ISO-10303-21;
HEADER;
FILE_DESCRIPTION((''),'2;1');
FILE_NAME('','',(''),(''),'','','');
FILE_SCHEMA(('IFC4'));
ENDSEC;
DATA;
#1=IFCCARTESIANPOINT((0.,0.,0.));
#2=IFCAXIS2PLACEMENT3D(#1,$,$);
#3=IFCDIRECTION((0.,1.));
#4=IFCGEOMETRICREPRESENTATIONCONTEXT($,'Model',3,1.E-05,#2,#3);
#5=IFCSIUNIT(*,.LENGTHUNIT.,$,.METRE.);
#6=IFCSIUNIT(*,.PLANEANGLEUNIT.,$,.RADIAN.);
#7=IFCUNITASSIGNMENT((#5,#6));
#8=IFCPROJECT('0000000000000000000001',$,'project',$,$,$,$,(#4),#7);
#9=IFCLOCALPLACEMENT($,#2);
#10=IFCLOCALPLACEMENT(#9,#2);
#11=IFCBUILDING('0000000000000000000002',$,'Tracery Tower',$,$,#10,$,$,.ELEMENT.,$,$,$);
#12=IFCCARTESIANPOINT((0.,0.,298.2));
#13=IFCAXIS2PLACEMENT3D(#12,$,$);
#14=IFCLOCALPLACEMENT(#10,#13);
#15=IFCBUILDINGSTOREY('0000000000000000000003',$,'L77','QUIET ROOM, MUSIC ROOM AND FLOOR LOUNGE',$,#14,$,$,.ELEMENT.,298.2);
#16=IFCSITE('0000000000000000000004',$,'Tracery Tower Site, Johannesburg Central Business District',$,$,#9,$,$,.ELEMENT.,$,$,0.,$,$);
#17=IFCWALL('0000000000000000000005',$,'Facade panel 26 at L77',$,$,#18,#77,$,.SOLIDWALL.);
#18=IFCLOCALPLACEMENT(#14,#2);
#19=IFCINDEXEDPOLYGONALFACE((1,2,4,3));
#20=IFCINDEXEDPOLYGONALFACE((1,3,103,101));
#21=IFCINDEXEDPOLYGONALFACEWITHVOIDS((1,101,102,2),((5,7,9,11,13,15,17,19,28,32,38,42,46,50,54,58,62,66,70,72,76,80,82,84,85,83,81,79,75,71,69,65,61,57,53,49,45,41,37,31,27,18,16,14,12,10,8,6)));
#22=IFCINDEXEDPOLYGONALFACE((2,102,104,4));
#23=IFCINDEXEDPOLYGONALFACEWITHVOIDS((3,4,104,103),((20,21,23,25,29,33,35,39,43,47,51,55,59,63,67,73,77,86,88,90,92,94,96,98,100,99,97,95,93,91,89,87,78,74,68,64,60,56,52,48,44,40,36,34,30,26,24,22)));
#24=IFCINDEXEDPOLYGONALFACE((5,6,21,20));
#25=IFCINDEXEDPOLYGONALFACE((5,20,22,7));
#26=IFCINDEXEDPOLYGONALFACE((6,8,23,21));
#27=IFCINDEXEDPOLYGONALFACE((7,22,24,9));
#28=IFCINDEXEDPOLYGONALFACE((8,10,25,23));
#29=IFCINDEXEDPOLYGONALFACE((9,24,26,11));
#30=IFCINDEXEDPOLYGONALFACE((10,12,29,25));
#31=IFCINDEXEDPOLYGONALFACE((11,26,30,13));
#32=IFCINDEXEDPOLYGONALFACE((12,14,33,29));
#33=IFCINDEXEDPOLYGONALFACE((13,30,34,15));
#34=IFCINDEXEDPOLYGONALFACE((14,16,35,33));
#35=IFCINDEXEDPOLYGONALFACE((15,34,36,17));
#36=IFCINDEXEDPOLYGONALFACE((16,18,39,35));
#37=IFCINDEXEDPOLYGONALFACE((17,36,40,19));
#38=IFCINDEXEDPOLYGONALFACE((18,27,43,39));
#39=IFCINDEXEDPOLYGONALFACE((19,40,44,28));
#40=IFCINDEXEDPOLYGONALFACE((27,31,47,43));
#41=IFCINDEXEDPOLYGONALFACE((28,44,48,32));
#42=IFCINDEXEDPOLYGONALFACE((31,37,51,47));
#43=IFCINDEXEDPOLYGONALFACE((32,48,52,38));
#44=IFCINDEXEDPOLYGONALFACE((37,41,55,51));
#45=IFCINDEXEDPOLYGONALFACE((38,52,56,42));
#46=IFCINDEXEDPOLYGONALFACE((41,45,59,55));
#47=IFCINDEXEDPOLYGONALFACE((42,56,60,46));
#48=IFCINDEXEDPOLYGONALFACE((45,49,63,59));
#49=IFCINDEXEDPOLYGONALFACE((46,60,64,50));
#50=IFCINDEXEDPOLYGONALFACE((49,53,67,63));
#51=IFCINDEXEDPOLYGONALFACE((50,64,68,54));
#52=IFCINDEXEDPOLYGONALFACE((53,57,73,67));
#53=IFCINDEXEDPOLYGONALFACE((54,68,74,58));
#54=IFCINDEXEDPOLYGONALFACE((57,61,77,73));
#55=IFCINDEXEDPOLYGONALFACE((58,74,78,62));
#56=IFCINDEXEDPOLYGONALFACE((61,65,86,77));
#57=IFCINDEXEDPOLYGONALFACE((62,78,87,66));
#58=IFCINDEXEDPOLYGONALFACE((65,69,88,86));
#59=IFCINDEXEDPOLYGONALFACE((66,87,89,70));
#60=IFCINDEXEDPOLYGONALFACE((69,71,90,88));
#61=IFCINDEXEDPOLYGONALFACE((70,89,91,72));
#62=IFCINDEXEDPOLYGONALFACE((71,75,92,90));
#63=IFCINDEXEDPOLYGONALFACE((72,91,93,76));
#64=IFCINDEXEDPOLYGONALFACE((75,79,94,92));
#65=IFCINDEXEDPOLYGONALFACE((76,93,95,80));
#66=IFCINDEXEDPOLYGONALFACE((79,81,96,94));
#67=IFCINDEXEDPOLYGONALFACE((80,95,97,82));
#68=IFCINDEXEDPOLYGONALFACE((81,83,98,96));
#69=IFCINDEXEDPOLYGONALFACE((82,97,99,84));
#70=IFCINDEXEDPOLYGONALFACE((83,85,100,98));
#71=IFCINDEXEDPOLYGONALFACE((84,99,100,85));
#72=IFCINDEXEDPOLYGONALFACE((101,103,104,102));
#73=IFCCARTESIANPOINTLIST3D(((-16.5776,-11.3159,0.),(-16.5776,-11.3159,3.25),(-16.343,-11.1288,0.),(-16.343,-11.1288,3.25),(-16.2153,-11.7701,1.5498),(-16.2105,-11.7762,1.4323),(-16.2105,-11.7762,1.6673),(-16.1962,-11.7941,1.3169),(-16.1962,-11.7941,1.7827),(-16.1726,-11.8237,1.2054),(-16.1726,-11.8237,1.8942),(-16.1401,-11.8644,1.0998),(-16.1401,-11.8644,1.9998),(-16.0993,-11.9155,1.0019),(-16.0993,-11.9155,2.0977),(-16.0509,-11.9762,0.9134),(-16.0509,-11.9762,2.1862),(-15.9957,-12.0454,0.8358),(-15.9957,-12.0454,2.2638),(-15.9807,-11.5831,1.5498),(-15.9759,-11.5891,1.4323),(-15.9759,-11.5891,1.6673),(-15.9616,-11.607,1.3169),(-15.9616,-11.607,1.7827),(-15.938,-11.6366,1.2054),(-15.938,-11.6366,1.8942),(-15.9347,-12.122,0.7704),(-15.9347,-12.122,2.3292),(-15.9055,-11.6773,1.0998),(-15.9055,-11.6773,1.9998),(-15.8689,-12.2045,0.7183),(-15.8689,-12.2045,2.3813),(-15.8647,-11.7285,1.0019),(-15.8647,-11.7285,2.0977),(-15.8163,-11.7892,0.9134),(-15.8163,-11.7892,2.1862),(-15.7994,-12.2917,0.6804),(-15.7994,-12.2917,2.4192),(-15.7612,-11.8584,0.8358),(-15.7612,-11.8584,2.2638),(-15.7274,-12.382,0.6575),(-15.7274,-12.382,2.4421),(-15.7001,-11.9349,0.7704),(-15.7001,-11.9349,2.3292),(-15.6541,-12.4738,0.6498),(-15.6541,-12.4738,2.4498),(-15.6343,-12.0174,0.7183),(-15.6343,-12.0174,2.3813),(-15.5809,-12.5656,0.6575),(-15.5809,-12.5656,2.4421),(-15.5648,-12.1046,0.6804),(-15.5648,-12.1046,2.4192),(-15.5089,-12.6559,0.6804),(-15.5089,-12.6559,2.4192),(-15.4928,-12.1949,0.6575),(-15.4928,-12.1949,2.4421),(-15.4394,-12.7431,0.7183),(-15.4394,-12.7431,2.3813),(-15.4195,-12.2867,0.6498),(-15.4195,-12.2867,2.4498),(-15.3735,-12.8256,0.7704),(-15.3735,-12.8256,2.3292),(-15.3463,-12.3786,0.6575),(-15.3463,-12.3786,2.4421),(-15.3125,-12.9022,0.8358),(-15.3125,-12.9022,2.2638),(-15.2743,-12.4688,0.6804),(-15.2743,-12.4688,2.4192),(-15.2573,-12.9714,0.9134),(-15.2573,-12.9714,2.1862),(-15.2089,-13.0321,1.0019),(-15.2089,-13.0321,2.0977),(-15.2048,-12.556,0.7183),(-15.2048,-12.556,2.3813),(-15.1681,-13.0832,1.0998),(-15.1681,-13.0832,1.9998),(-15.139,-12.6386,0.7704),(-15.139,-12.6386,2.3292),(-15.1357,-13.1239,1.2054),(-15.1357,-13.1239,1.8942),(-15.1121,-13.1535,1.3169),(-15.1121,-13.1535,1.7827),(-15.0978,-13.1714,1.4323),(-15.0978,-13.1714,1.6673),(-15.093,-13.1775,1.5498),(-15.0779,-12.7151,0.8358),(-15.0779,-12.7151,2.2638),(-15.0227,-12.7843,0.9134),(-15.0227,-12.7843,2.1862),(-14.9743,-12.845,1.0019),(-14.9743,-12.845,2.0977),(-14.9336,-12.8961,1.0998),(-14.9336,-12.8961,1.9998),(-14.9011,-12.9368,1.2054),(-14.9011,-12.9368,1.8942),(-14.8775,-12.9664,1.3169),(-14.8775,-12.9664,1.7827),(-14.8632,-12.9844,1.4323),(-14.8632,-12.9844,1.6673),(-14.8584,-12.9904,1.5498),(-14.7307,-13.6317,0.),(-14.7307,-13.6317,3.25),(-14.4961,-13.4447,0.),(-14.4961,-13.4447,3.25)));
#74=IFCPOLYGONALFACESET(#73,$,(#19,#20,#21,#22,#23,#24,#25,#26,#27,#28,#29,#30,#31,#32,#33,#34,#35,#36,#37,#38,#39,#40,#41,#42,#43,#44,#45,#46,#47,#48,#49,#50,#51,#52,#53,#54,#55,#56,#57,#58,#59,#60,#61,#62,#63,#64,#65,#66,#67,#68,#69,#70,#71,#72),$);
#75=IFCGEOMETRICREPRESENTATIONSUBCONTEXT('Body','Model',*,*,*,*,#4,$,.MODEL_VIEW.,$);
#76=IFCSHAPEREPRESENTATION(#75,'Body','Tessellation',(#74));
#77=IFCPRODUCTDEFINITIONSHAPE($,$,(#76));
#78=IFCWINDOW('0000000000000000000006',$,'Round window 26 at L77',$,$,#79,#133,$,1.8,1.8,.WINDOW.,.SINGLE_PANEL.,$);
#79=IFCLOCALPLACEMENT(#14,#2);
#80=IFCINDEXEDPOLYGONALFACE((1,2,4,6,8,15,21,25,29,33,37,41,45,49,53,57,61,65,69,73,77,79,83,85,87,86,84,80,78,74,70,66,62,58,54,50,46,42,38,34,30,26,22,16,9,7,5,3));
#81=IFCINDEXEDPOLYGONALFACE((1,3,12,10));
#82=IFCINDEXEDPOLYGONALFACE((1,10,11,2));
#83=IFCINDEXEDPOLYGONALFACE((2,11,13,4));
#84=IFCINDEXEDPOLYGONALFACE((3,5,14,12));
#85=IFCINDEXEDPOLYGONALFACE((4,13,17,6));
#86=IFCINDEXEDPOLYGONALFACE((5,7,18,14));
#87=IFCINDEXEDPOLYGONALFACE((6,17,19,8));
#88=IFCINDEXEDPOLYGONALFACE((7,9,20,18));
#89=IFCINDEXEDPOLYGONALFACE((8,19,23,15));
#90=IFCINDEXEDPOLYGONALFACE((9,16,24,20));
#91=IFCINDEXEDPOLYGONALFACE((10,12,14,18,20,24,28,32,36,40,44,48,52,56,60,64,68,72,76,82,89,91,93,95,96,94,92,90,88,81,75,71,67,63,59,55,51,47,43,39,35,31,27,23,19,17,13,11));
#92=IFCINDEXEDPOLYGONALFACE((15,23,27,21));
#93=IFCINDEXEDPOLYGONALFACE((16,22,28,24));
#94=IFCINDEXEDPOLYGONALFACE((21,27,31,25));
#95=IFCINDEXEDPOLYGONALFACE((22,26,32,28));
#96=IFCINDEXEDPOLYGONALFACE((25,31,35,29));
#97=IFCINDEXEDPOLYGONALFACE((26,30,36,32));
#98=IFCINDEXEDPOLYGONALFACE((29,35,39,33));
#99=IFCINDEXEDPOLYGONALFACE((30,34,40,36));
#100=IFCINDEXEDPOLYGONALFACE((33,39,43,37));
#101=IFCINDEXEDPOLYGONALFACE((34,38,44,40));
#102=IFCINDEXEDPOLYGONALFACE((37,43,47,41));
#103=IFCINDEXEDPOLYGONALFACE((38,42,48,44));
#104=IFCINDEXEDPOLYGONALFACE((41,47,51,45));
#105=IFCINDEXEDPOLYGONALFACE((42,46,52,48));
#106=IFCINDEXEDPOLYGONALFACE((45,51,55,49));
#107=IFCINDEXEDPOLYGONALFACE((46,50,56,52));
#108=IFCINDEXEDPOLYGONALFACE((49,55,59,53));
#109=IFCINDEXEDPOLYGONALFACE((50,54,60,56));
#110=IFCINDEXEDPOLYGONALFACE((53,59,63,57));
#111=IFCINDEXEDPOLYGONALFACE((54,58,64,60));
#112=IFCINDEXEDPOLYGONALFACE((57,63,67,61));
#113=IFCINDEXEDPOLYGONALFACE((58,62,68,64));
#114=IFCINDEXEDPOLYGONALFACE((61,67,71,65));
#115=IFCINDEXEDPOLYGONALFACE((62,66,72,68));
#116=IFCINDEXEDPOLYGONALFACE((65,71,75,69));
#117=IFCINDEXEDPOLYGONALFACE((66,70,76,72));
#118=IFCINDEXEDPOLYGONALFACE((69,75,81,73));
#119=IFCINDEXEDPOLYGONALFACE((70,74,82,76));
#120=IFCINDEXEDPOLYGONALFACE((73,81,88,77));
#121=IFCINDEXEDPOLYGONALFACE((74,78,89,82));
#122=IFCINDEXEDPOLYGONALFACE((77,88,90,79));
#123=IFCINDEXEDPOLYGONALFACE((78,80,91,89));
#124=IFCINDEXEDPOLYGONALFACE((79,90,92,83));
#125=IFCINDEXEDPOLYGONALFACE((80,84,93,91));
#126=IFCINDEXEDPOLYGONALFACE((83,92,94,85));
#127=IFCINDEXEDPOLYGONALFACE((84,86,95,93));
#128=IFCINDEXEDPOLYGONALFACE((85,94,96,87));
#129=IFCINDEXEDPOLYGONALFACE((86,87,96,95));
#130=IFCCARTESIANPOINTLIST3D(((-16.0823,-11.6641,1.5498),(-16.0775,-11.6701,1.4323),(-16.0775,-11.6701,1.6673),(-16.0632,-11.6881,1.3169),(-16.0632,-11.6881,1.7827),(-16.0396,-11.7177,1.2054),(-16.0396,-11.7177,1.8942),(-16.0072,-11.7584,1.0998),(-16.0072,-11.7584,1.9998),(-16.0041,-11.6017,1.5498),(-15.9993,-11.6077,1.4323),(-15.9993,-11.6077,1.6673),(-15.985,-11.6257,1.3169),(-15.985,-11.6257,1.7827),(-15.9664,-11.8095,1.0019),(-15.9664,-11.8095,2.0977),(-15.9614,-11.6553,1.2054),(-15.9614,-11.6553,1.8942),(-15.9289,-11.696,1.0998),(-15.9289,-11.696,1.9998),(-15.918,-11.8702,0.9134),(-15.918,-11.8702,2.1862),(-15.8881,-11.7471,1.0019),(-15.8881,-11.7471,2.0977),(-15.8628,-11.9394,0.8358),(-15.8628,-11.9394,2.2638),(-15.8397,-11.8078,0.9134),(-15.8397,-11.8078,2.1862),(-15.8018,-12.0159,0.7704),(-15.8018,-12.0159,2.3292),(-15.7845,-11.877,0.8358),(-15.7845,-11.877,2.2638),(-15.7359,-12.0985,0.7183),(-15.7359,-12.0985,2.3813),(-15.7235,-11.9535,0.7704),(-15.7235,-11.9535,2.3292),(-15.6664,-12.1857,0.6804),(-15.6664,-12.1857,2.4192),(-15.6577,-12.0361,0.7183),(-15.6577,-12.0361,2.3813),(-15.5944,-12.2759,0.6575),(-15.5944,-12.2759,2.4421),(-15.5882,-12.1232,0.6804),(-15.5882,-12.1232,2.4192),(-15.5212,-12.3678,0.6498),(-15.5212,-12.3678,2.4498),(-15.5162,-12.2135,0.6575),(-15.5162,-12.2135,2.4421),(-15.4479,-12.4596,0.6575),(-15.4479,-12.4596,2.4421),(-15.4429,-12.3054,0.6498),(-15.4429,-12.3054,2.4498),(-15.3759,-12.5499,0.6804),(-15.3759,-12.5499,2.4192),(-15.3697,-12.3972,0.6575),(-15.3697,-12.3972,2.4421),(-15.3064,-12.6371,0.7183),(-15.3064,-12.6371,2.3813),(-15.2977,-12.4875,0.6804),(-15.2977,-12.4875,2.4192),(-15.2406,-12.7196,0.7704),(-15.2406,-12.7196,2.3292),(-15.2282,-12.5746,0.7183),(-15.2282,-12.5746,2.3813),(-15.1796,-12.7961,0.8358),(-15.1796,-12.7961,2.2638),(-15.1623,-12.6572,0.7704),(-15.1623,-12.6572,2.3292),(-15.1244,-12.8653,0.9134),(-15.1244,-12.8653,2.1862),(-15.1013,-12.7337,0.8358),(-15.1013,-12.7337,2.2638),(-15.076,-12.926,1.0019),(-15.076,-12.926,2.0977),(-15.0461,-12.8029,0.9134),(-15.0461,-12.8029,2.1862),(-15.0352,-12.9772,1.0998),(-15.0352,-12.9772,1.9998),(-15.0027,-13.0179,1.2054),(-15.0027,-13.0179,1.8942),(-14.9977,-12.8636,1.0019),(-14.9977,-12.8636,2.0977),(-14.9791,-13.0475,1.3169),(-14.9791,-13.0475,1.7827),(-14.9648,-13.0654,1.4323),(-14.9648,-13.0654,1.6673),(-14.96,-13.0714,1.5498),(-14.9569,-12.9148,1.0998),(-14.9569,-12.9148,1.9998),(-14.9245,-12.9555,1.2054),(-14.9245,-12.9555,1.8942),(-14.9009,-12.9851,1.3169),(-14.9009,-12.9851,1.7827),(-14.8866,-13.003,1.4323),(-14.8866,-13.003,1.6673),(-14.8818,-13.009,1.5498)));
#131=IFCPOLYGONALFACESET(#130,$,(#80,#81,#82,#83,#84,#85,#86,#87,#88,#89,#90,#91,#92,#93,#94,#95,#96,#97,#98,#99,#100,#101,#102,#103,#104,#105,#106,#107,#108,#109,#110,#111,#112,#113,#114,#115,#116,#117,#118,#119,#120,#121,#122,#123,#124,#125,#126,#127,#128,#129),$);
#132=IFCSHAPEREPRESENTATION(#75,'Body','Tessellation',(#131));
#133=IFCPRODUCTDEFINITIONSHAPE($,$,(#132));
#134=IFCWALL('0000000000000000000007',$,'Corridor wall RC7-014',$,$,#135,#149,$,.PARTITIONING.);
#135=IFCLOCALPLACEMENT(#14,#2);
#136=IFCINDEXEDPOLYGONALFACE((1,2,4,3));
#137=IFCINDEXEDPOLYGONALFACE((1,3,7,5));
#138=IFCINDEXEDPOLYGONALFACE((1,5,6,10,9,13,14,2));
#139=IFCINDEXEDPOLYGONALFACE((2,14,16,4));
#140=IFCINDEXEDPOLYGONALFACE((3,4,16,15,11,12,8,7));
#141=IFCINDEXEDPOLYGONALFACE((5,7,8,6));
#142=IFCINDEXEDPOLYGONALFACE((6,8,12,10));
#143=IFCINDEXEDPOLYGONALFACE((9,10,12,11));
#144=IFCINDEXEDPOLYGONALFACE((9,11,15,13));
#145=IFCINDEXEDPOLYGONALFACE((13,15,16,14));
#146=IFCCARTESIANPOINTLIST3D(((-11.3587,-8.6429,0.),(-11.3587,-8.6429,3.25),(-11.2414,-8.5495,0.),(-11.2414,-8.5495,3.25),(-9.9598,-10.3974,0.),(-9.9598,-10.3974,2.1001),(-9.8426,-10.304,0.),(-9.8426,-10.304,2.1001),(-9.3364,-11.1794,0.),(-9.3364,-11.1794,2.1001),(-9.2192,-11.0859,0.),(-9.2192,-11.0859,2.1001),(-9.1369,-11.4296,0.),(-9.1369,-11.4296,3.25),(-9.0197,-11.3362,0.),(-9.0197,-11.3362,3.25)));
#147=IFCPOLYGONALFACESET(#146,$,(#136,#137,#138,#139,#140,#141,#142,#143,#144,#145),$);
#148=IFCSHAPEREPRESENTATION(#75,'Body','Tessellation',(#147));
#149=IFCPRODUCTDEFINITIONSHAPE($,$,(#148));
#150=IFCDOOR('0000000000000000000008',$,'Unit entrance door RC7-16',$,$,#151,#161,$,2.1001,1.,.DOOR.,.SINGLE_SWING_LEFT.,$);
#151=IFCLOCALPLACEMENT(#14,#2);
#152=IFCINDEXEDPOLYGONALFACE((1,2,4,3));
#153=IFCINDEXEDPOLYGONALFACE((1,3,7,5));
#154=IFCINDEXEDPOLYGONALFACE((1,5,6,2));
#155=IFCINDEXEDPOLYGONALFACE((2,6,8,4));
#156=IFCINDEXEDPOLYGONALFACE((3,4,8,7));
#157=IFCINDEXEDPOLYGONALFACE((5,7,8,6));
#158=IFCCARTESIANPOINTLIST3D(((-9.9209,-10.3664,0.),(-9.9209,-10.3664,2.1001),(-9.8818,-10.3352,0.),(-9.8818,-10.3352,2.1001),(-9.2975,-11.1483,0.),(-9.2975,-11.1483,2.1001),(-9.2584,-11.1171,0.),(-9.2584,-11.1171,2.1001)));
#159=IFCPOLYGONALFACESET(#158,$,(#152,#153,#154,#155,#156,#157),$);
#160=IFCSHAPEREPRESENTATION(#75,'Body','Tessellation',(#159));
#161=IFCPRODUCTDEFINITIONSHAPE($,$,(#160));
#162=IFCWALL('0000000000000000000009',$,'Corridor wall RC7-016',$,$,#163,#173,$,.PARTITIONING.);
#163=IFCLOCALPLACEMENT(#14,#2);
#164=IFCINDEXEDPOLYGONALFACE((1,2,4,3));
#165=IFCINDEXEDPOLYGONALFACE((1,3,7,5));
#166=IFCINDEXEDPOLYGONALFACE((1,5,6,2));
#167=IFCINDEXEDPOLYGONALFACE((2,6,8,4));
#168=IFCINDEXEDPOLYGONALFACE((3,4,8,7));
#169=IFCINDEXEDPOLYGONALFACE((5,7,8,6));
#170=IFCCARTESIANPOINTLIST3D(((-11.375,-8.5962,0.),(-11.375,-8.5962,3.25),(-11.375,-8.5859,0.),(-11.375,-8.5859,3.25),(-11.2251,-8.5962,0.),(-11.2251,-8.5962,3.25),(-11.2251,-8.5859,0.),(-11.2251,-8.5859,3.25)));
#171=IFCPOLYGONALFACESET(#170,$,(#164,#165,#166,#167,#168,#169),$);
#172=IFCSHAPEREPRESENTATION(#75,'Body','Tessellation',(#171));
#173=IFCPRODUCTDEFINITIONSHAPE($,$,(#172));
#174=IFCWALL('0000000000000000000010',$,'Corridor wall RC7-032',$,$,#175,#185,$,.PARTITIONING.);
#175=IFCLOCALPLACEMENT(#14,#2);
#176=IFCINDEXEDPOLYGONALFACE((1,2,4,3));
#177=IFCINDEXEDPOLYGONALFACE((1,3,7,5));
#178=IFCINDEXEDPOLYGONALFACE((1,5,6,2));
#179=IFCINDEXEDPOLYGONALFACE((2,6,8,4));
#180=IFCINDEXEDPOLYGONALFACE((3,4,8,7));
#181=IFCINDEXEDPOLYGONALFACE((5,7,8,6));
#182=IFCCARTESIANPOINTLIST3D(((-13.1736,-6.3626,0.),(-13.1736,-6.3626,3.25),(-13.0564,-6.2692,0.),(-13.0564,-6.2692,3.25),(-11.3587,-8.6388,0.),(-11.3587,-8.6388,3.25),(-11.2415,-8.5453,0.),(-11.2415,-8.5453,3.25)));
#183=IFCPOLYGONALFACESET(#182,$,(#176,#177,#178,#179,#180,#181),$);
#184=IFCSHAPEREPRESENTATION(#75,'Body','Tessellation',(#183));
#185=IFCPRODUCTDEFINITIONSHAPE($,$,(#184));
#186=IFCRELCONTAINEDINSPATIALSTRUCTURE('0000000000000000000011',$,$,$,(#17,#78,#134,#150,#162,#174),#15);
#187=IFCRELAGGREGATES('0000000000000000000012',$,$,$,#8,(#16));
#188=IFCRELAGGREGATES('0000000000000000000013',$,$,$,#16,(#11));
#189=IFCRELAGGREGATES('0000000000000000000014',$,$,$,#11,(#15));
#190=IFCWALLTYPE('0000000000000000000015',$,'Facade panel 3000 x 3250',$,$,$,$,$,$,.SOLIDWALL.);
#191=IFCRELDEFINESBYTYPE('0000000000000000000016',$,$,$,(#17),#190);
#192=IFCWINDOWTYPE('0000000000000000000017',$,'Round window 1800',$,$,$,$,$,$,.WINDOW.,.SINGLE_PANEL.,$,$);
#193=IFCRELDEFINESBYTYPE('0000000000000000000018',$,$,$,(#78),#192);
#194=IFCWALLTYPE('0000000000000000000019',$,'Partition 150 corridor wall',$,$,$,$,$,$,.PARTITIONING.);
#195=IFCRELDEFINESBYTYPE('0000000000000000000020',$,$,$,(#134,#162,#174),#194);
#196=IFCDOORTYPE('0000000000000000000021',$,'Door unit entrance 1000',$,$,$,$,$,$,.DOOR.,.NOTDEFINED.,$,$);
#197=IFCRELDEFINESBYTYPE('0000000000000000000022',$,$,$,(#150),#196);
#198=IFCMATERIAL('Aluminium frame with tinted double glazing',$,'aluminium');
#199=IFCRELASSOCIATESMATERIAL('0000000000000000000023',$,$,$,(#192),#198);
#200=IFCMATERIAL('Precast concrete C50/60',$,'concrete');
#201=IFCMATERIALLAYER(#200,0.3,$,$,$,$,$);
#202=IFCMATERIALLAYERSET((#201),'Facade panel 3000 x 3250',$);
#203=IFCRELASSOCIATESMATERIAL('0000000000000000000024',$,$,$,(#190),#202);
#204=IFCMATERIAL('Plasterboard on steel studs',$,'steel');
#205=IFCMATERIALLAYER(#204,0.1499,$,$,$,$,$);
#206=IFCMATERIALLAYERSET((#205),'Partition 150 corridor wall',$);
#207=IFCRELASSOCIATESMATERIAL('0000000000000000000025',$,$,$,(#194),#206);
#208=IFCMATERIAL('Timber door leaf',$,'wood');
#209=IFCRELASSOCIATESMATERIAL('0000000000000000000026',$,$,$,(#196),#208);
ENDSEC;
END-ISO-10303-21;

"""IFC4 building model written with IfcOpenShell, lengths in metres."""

from ifc_helpers import new_model, si_unit, direction, frame, frame_2d, origin, origin_2d, place, context, subcontext, project, spatial, rectangle, circle, extrude, material, layer, layer_set, type_object, element, fill, save


model = new_model("IFC4")

# Units and contexts
model_context = context("Model", 3, precision=1e-05, world=origin(), true_north=direction((0.0, 1.0)))
body_context = subcontext(model_context, "Body", "Model", "MODEL_VIEW")
ifc_project = project(units=[si_unit("LENGTHUNIT", "METRE"), si_unit("PLANEANGLEUNIT", "RADIAN")], contexts=[model_context])

# Site, building, storey
site_placement = place(None, origin())
site = spatial("IfcSite", under=ifc_project, at=site_placement, Name="Tracery Tower Site, Johannesburg Central Business District", CompositionType="ELEMENT", RefElevation=0.0)
building_placement = place(site_placement, origin())
building = spatial("IfcBuilding", under=site, at=building_placement, Name="Tracery Tower", CompositionType="ELEMENT")
storey_placement = place(building_placement, frame((0.0, 0.0, 298.2)))
storey = spatial("IfcBuildingStorey", under=building, at=storey_placement, Name="L77", Description="QUIET ROOM, MUSIC ROOM AND FLOOR LOUNGE", CompositionType="ELEMENT", Elevation=298.2)

# Wall, opening, window
ifc_material_1 = material(Name="Aluminium frame with tinted double glazing", Category="aluminium")
window_type = type_object("IfcWindowType", Name="Round window 1800", PartitioningType="SINGLE_PANEL", PredefinedType="WINDOW", material=ifc_material_1)
ifc_material_2 = material(Name="Precast concrete C50/60", Category="concrete")
ifc_layer_1 = layer(ifc_material_2, 0.3)
ifc_layer_set_1 = layer_set([ifc_layer_1], Name="Facade panel 3000 x 3250")
wall_type_1 = type_object("IfcWallType", Name="Facade panel 3000 x 3250", PredefinedType="SOLIDWALL", material=ifc_layer_set_1)
wall_1_placement = place(storey_placement, frame((-16.4602, -11.2224, 0.0), z_axis=(0.0, 0.0, 1.0), x_axis=(0.623498, -0.781825, 0.0)))
wall_1 = element("IfcWall", 1, at=wall_1_placement, inside=storey, type_object=wall_type_1, Name="Facade panel 26 at L77", PredefinedType="SOLIDWALL", context=body_context, shape_type="SweptSolid", body=[
    extrude(rectangle(XDim=2.9622, YDim=0.3, at=frame_2d((1.481, 0.0))), origin(), (0.0, 0.0, 1.0), 3.25),
])
opening_1_placement = place(wall_1_placement, frame((1.481, 0.0, 1.5498)))
opening_1 = element("IfcOpeningElement", 2, at=opening_1_placement, cuts=wall_1, PredefinedType="OPENING", context=body_context, shape_type="SweptSolid", body=[
    extrude(circle(Radius=0.9, at=origin_2d()), frame((0.0, 0.1599, 0.0), z_axis=(0.0, -1.0, 0.0), x_axis=(1.0, 0.0, 0.0)), (0.0, 0.0, 1.0), 0.3201),
])
window_1_placement = place(opening_1_placement, origin())
window_1 = element("IfcWindow", 3, at=window_1_placement, inside=storey, type_object=window_type, Name="Round window 26 at L77", OverallHeight=1.8, OverallWidth=1.8, PartitioningType="SINGLE_PANEL", PredefinedType="WINDOW", context=body_context, shape_type="SweptSolid", body=[
    extrude(circle(Radius=0.9, at=origin_2d()), frame((0.0, 0.1201, 0.0), z_axis=(0.0, -1.0, 0.0), x_axis=(1.0, 0.0, 0.0)), (0.0, 0.0, 1.0), 0.1001),
])
fill(opening_1, window_1)

# Wall, opening, door
ifc_material_3 = material(Name="Plasterboard on steel studs", Category="steel")
ifc_layer_2 = layer(ifc_material_3, 0.1499)
ifc_layer_set_2 = layer_set([ifc_layer_2], Name="Partition 150 corridor wall")
wall_type_2 = type_object("IfcWallType", Name="Partition 150 corridor wall", PredefinedType="PARTITIONING", material=ifc_layer_set_2)
wall_2_placement = place(storey_placement, frame((-11.3, -8.5962, 0.0), z_axis=(0.0, 0.0, 1.0), x_axis=(0.623391, -0.78191, 0.0)))
wall_2 = element("IfcWall", 4, at=wall_2_placement, inside=storey, type_object=wall_type_2, Name="Corridor wall RC7-014", PredefinedType="PARTITIONING", context=body_context, shape_type="SweptSolid", body=[
    extrude(rectangle(XDim=3.564, YDim=0.1499, at=frame_2d((1.782, 0.0))), origin(), (0.0, 0.0, 1.0), 3.25),
])
opening_2_placement = place(wall_2_placement, frame((2.2439, 0.0, 0.0)))
opening_2 = element("IfcOpeningElement", 5, at=opening_2_placement, cuts=wall_2, PredefinedType="OPENING", context=body_context, shape_type="SweptSolid", body=[
    extrude(rectangle(XDim=1.0, YDim=2.1001, at=frame_2d((0.5, 1.05))), frame((0.0, 0.075, 0.0), z_axis=(0.0, -1.0, 0.0), x_axis=(1.0, 0.0, 0.0)), (0.0, 0.0, 1.0), 0.1499),
])
ifc_material_4 = material(Name="Timber door leaf", Category="wood")
door_type_1 = type_object("IfcDoorType", Name="Door unit entrance 1000", OperationType="NOTDEFINED", PredefinedType="DOOR", material=ifc_material_4)
door_1_placement = place(opening_2_placement, origin())
door_1 = element("IfcDoor", 6, at=door_1_placement, inside=storey, type_object=door_type_1, Name="Unit entrance door RC7-16", OperationType="SINGLE_SWING_LEFT", OverallHeight=2.1001, OverallWidth=1.0, PredefinedType="DOOR", context=body_context, shape_type="SweptSolid", body=[
    extrude(rectangle(XDim=1.0, YDim=2.1001, at=frame_2d((0.5, 1.05))), frame((0.0, 0.0249, 0.0), z_axis=(0.0, -1.0, 0.0), x_axis=(1.0, 0.0, 0.0)), (0.0, 0.0, 1.0), 0.05),
])
fill(opening_2, door_1)

# Walls
wall_3_placement = place(storey_placement, frame((-11.3, -8.5962, 0.0), z_axis=(0.0, 0.0, 1.0), x_axis=(0.0, 1.0, 0.0)))
element("IfcWall", 7, at=wall_3_placement, inside=storey, type_object=wall_type_2, Name="Corridor wall RC7-016", PredefinedType="PARTITIONING", context=body_context, shape_type="SweptSolid", body=[
    extrude(rectangle(XDim=0.0103, YDim=0.1499, at=frame_2d((0.0051, 0.0))), origin(), (0.0, 0.0, 1.0), 3.25),
])
wall_4_placement = place(storey_placement, frame((-13.115, -6.3159, 0.0), z_axis=(0.0, 0.0, 1.0), x_axis=(0.623447, -0.781866, 0.0)))
element("IfcWall", 8, at=wall_4_placement, inside=storey, type_object=wall_type_2, Name="Corridor wall RC7-032", PredefinedType="PARTITIONING", context=body_context, shape_type="SweptSolid", body=[
    extrude(rectangle(XDim=2.9111, YDim=0.1499, at=frame_2d((1.4556, 0.0))), origin(), (0.0, 0.0, 1.0), 3.25),
])

save(model, "model.ifc")
